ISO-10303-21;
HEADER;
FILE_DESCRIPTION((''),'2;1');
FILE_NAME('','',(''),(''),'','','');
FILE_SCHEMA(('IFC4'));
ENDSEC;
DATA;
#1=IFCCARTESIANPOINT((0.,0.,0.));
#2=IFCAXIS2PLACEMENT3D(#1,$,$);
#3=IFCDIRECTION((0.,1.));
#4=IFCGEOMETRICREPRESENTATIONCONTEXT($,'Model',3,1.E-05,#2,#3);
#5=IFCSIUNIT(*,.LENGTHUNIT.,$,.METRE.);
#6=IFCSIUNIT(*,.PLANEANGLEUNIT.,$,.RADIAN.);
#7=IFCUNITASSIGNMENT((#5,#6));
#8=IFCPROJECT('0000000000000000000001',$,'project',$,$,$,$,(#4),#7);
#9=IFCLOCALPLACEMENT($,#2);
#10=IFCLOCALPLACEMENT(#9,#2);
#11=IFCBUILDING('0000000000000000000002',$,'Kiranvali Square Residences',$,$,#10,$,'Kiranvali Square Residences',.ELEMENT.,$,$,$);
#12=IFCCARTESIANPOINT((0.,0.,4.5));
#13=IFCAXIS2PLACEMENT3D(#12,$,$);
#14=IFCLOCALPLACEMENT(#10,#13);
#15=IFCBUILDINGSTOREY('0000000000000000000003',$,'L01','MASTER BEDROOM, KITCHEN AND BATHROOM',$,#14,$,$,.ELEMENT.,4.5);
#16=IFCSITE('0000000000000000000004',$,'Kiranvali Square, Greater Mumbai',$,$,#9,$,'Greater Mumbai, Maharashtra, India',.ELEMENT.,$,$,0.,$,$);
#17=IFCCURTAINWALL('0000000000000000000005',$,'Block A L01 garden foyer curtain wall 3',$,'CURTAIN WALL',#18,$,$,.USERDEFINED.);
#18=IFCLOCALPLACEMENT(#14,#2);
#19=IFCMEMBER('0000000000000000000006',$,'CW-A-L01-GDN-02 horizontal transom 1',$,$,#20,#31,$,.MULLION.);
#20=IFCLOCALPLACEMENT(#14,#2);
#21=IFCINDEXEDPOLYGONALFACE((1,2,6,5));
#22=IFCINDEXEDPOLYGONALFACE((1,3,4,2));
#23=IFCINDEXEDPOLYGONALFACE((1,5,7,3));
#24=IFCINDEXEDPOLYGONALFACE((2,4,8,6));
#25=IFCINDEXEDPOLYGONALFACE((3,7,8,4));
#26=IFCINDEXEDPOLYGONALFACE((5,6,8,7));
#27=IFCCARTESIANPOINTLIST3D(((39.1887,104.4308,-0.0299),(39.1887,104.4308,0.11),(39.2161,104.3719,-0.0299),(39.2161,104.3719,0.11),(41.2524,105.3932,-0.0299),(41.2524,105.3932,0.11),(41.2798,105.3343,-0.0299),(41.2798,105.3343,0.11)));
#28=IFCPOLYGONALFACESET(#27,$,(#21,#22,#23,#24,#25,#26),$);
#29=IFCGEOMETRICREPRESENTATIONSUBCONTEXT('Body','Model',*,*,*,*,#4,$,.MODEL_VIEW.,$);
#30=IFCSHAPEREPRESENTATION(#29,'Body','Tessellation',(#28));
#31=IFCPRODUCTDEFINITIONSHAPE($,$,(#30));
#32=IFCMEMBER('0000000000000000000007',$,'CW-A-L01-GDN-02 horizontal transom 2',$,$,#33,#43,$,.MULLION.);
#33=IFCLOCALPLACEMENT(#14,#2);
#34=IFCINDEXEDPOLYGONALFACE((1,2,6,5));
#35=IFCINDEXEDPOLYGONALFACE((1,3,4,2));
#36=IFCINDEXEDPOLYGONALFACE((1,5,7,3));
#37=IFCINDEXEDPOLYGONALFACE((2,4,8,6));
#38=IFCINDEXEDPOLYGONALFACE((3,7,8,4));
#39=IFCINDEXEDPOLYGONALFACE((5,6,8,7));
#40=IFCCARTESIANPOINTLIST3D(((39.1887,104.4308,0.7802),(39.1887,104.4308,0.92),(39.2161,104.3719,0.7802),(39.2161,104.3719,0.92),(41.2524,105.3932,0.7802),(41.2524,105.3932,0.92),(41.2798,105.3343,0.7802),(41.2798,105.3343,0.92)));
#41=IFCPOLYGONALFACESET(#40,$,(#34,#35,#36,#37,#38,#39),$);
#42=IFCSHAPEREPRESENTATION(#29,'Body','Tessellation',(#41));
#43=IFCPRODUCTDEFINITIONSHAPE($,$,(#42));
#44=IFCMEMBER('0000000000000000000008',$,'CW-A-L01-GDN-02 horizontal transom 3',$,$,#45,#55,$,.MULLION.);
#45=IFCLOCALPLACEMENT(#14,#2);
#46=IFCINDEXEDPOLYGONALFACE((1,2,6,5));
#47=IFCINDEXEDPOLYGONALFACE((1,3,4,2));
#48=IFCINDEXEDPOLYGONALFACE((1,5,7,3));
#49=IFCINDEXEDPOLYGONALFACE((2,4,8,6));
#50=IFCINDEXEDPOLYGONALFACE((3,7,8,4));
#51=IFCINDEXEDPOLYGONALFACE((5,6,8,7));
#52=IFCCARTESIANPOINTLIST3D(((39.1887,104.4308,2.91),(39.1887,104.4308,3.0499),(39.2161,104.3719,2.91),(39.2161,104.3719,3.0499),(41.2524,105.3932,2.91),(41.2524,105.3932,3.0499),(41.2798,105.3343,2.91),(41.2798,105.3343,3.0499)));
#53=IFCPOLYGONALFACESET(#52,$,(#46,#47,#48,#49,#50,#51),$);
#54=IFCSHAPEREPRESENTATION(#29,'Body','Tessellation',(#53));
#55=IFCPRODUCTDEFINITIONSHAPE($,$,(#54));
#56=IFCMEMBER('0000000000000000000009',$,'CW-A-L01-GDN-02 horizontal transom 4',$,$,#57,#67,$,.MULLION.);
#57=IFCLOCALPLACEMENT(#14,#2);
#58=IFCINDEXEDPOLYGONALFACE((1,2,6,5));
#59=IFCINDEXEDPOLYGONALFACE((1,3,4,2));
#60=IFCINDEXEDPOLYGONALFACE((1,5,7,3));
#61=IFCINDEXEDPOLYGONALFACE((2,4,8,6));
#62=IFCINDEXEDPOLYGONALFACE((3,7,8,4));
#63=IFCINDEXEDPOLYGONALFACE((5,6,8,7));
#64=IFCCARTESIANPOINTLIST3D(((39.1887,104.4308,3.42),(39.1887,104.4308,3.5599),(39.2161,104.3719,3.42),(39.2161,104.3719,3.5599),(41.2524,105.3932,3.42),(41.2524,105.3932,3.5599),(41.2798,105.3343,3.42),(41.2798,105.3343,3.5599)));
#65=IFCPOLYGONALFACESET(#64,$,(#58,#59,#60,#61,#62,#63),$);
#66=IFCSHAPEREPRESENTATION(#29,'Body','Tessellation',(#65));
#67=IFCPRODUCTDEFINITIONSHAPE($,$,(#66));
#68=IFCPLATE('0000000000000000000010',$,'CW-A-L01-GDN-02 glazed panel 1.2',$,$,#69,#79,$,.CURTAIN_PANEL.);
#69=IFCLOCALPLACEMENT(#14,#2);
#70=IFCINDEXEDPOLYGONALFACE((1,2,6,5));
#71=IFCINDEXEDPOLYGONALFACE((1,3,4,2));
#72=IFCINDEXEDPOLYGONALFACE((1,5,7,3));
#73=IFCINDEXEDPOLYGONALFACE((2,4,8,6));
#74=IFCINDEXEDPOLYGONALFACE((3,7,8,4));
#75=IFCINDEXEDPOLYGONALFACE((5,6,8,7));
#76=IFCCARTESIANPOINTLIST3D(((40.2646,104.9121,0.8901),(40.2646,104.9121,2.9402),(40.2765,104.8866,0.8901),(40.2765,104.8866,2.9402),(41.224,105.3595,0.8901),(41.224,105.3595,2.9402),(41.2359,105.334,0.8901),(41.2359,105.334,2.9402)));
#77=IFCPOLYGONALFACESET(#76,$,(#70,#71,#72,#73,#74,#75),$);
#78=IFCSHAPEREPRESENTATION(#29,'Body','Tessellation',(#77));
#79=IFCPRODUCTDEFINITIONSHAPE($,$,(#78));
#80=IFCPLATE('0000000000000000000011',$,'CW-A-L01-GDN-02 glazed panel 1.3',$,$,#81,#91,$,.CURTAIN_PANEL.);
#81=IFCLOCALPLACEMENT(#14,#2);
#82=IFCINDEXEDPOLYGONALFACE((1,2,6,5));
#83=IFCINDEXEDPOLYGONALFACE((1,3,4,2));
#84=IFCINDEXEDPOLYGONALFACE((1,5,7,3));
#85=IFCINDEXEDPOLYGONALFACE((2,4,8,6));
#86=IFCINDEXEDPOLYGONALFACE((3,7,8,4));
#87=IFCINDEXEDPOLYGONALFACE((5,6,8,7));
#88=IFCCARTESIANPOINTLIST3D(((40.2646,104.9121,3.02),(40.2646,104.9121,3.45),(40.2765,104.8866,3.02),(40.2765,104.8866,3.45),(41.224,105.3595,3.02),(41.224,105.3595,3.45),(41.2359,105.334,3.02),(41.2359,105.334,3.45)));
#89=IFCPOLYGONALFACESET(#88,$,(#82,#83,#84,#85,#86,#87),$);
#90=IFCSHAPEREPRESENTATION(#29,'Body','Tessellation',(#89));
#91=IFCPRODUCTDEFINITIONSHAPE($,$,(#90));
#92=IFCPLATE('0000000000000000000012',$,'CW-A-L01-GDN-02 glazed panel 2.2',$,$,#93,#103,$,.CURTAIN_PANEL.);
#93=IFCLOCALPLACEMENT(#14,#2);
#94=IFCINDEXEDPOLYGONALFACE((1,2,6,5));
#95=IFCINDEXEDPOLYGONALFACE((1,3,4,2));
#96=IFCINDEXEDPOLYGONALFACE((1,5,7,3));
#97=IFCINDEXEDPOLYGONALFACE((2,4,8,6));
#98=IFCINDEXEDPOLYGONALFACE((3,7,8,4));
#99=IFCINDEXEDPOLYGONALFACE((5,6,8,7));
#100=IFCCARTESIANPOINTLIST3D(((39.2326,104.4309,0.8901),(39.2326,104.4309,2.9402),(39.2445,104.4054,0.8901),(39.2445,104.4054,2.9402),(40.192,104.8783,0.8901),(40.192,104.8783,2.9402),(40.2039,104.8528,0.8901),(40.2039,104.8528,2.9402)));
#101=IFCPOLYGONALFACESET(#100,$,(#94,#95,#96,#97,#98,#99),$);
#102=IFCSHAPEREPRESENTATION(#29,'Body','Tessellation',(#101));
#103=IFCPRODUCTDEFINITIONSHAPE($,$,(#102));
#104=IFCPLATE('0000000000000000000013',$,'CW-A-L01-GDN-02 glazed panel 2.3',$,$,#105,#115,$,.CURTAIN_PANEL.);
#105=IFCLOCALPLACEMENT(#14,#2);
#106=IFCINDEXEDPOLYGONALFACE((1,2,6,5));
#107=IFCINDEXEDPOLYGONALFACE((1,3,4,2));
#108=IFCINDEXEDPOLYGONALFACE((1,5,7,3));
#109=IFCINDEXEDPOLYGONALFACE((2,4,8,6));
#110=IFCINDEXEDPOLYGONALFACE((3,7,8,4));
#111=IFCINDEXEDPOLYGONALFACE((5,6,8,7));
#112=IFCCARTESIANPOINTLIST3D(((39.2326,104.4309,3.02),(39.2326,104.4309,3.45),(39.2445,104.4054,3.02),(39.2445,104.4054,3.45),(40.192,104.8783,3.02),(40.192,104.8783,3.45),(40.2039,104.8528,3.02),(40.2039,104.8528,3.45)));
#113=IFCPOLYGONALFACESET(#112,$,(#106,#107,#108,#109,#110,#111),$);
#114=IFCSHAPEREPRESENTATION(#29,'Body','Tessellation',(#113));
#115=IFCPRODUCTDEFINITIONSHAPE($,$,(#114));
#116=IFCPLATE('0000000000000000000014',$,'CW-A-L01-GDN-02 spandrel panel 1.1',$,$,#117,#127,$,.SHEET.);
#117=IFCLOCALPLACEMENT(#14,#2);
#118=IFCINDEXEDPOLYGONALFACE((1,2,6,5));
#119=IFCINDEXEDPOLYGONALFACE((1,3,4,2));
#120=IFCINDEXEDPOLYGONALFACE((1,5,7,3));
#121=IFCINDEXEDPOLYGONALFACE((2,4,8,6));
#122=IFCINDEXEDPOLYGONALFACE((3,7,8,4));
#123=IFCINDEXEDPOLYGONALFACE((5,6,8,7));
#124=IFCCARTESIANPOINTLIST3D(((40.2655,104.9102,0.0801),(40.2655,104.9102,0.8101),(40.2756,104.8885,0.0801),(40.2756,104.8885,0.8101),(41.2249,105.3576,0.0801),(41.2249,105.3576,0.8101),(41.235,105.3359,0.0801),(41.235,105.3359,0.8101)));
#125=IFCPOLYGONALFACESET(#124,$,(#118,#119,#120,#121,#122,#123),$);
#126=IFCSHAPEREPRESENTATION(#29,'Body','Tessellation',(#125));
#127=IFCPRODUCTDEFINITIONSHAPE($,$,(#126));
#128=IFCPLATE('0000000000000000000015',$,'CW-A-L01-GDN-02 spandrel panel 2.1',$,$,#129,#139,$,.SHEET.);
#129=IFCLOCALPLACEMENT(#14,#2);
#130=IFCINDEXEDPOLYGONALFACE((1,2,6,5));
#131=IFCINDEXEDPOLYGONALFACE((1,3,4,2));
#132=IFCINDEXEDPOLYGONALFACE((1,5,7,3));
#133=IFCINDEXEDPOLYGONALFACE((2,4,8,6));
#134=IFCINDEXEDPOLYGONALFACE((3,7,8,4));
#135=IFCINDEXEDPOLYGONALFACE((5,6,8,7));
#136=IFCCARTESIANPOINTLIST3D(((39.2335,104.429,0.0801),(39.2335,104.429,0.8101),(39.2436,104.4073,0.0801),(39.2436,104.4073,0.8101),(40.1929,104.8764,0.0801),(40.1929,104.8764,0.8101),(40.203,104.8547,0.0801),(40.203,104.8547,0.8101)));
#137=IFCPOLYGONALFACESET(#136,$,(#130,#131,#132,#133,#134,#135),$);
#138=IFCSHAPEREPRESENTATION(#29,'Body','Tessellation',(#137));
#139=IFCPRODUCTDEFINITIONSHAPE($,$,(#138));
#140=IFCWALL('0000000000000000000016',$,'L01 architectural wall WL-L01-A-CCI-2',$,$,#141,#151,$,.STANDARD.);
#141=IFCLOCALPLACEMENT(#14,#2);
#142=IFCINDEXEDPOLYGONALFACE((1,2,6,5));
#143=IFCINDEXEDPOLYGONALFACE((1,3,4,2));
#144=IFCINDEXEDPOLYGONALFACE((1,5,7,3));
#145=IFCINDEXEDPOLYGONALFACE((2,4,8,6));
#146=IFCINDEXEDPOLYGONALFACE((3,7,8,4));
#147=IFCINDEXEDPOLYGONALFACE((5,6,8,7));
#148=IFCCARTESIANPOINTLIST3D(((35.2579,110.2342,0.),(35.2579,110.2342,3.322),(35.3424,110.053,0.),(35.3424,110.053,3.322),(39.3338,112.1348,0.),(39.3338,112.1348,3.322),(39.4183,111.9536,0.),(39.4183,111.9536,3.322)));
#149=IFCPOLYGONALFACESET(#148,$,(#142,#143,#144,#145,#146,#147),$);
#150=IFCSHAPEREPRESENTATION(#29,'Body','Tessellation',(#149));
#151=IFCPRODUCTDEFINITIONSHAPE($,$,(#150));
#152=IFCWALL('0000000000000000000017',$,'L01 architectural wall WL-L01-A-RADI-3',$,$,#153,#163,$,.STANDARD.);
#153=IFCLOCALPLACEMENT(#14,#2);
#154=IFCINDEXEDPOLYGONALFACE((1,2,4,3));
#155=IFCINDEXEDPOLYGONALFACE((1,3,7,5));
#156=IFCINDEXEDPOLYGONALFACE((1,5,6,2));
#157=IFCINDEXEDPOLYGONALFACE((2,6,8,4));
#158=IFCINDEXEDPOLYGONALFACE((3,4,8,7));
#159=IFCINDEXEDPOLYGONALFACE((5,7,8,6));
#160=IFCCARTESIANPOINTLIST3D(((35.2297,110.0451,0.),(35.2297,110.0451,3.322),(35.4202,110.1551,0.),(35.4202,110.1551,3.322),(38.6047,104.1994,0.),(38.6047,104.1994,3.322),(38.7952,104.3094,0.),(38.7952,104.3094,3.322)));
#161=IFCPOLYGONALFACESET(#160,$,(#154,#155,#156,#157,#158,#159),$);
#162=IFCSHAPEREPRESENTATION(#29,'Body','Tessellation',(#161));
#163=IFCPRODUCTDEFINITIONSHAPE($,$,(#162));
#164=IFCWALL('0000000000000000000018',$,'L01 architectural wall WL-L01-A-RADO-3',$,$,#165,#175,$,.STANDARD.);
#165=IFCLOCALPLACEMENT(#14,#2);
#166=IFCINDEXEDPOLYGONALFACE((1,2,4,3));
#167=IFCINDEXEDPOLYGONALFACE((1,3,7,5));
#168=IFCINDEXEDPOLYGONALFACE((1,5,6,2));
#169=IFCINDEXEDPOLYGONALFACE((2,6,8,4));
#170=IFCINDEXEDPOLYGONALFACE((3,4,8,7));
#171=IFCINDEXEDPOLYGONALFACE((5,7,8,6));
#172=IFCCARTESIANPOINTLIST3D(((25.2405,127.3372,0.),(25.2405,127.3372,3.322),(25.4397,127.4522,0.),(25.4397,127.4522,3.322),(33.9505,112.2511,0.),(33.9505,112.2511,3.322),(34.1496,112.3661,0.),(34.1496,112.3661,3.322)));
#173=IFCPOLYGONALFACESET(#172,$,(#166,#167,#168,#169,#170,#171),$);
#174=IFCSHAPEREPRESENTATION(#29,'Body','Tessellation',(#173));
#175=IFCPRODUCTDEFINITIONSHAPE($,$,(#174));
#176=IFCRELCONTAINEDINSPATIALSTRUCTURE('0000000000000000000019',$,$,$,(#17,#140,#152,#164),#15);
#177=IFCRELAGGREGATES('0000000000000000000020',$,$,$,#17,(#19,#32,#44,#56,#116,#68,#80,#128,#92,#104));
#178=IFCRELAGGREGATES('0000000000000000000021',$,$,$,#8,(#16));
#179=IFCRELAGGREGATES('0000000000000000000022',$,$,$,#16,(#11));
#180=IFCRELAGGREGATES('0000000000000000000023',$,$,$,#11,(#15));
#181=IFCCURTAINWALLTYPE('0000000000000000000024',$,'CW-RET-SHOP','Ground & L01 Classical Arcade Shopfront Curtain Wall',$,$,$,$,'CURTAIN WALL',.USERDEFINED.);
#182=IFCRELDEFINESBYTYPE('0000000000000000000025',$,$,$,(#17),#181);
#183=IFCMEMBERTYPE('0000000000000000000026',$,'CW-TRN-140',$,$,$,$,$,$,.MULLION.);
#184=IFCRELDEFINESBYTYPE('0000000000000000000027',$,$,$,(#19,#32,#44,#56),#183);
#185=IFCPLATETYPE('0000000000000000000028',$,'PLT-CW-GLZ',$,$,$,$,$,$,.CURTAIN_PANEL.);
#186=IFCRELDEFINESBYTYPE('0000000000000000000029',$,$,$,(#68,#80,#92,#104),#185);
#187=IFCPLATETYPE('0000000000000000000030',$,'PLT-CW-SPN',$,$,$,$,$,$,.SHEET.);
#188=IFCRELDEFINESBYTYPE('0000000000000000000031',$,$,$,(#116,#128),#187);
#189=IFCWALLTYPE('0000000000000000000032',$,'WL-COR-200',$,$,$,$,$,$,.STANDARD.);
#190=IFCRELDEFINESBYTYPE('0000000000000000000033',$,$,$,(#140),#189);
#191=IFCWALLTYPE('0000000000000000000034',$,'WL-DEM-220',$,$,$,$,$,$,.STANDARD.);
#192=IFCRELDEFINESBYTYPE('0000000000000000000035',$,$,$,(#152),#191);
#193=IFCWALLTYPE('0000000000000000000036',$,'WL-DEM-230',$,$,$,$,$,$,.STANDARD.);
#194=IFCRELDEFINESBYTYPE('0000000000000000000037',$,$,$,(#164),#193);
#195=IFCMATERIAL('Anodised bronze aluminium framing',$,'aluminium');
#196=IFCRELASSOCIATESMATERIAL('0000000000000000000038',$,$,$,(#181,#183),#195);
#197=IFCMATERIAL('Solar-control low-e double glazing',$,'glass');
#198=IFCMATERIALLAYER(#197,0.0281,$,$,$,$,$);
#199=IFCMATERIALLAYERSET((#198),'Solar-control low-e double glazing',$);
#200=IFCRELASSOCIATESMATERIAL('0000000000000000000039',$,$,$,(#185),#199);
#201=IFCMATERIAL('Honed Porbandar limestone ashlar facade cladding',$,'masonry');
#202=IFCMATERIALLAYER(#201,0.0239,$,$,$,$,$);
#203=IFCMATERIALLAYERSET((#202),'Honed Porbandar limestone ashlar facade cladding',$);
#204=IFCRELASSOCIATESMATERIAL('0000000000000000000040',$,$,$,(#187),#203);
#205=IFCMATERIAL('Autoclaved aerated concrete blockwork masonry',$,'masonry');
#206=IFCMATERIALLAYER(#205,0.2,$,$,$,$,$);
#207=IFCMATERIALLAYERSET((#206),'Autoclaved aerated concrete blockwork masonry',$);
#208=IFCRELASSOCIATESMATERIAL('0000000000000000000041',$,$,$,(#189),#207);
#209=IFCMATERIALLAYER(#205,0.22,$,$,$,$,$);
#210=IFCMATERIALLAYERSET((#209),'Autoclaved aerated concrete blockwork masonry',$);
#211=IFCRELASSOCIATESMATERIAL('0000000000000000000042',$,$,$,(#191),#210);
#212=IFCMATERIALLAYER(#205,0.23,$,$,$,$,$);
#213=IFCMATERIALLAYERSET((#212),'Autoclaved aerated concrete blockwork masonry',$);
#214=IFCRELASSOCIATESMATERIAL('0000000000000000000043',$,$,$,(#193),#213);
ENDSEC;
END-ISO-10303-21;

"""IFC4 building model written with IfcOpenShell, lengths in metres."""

from ifc_helpers import new_model, si_unit, direction, frame, frame_2d, origin, origin_2d, place, context, subcontext, project, spatial, rectangle, extrude, material, layer, layer_set, material_profile, profile_set, type_object, element, aggregate, save


model = new_model("IFC4")

# Units and contexts
model_context = context("Model", 3, precision=1e-05, world=origin(), true_north=direction((0.0, 1.0)))
body_context = subcontext(model_context, "Body", "Model", "MODEL_VIEW")
ifc_project = project(units=[si_unit("LENGTHUNIT", "METRE"), si_unit("PLANEANGLEUNIT", "RADIAN")], contexts=[model_context])

# Site, building, storey
site_placement = place(None, origin())
site = spatial("IfcSite", under=ifc_project, at=site_placement, Name="Kiranvali Square, Greater Mumbai", LongName="Greater Mumbai, Maharashtra, India", CompositionType="ELEMENT", RefElevation=0.0)
building_placement = place(site_placement, origin())
building = spatial("IfcBuilding", under=site, at=building_placement, Name="Kiranvali Square Residences", LongName="Kiranvali Square Residences", CompositionType="ELEMENT")
storey_placement = place(building_placement, frame((0.0, 0.0, 4.5)))
storey = spatial("IfcBuildingStorey", under=building, at=storey_placement, Name="L01", Description="MASTER BEDROOM, KITCHEN AND BATHROOM", CompositionType="ELEMENT", Elevation=4.5)

# Curtain wall, members, plates
ifc_material_1 = material(Name="Anodised bronze aluminium framing", Category="aluminium")
curtain_wall_type = type_object("IfcCurtainWallType", Name="CW-RET-SHOP", Description="Ground & L01 Classical Arcade Shopfront Curtain Wall", ElementType="CURTAIN WALL", PredefinedType="USERDEFINED", material=ifc_material_1)
curtain_wall_placement = place(storey_placement, origin())
curtain_wall = element("IfcCurtainWall", 1, at=curtain_wall_placement, inside=storey, type_object=curtain_wall_type, Name="Block A L01 garden foyer curtain wall 3", ObjectType="CURTAIN WALL", PredefinedType="USERDEFINED")
ifc_material_profile_1 = material_profile(ifc_material_1, rectangle(XDim=0.0649, YDim=0.1399, at=origin_2d()), Name="ALU 65x140")
ifc_profile_set_1 = profile_set([ifc_material_profile_1], Name="Anodised bronze aluminium framing")
member_type_1 = type_object("IfcMemberType", Name="CW-TRN-140", PredefinedType="MULLION", material=ifc_profile_set_1)
member_1_placement = place(storey_placement, frame((41.2661, 105.3638, 0.04), z_axis=(-0.906295, -0.422645, 0.0), x_axis=(0.422645, -0.906295, 0.0)))
member_1 = element("IfcMember", 2, at=member_1_placement, type_object=member_type_1, Name="CW-A-L01-GDN-02 horizontal transom 1", PredefinedType="MULLION", context=body_context, shape_type="SweptSolid", body=[
    extrude(rectangle(XDim=0.0649, YDim=0.1399, at=origin_2d()), origin(), (0.0, 0.0, 1.0), 2.2771),
])
member_2_placement = place(storey_placement, frame((41.2661, 105.3638, 0.8501), z_axis=(-0.906295, -0.422645, 0.0), x_axis=(0.422645, -0.906295, 0.0)))
member_2 = element("IfcMember", 3, at=member_2_placement, type_object=member_type_1, Name="CW-A-L01-GDN-02 horizontal transom 2", PredefinedType="MULLION", context=body_context, shape_type="SweptSolid", body=[
    extrude(rectangle(XDim=0.0649, YDim=0.1399, at=origin_2d()), origin(), (0.0, 0.0, 1.0), 2.2771),
])
member_3_placement = place(storey_placement, frame((41.2661, 105.3638, 2.98), z_axis=(-0.906295, -0.422645, 0.0), x_axis=(0.422645, -0.906295, 0.0)))
member_3 = element("IfcMember", 4, at=member_3_placement, type_object=member_type_1, Name="CW-A-L01-GDN-02 horizontal transom 3", PredefinedType="MULLION", context=body_context, shape_type="SweptSolid", body=[
    extrude(rectangle(XDim=0.0649, YDim=0.1399, at=origin_2d()), origin(), (0.0, 0.0, 1.0), 2.2771),
])
member_4_placement = place(storey_placement, frame((41.2661, 105.3638, 3.49), z_axis=(-0.906295, -0.422645, 0.0), x_axis=(0.422645, -0.906295, 0.0)))
member_4 = element("IfcMember", 5, at=member_4_placement, type_object=member_type_1, Name="CW-A-L01-GDN-02 horizontal transom 4", PredefinedType="MULLION", context=body_context, shape_type="SweptSolid", body=[
    extrude(rectangle(XDim=0.0649, YDim=0.1399, at=origin_2d()), origin(), (0.0, 0.0, 1.0), 2.2771),
])
ifc_material_2 = material(Name="Solar-control low-e double glazing", Category="glass")
ifc_layer_1 = layer(ifc_material_2, 0.0281)
ifc_layer_set_1 = layer_set([ifc_layer_1], Name="Solar-control low-e double glazing")
plate_type_1 = type_object("IfcPlateType", Name="PLT-CW-GLZ", PredefinedType="CURTAIN_PANEL", material=ifc_layer_set_1)
plate_1_placement = place(storey_placement, frame((40.7502, 105.123, 0.8901), z_axis=(0.0, 0.0, 1.0), x_axis=(-0.906308, -0.422618, 0.0)))
plate_1 = element("IfcPlate", 6, at=plate_1_placement, type_object=plate_type_1, Name="CW-A-L01-GDN-02 glazed panel 1.2", PredefinedType="CURTAIN_PANEL", context=body_context, shape_type="SweptSolid", body=[
    extrude(rectangle(XDim=1.0586, YDim=0.0281, at=origin_2d()), origin(), (0.0, 0.0, 1.0), 2.05),
])
plate_2_placement = place(storey_placement, frame((40.7502, 105.123, 3.02), z_axis=(0.0, 0.0, 1.0), x_axis=(-0.906308, -0.422618, 0.0)))
plate_2 = element("IfcPlate", 7, at=plate_2_placement, type_object=plate_type_1, Name="CW-A-L01-GDN-02 glazed panel 1.3", PredefinedType="CURTAIN_PANEL", context=body_context, shape_type="SweptSolid", body=[
    extrude(rectangle(XDim=1.0586, YDim=0.0281, at=origin_2d()), origin(), (0.0, 0.0, 1.0), 0.4299),
])
plate_3_placement = place(storey_placement, frame((39.7183, 104.6418, 0.8901), z_axis=(0.0, 0.0, 1.0), x_axis=(-0.906308, -0.422618, 0.0)))
plate_3 = element("IfcPlate", 8, at=plate_3_placement, type_object=plate_type_1, Name="CW-A-L01-GDN-02 glazed panel 2.2", PredefinedType="CURTAIN_PANEL", context=body_context, shape_type="SweptSolid", body=[
    extrude(rectangle(XDim=1.0586, YDim=0.0281, at=origin_2d()), origin(), (0.0, 0.0, 1.0), 2.05),
])
plate_4_placement = place(storey_placement, frame((39.7183, 104.6418, 3.02), z_axis=(0.0, 0.0, 1.0), x_axis=(-0.906308, -0.422618, 0.0)))
plate_4 = element("IfcPlate", 9, at=plate_4_placement, type_object=plate_type_1, Name="CW-A-L01-GDN-02 glazed panel 2.3", PredefinedType="CURTAIN_PANEL", context=body_context, shape_type="SweptSolid", body=[
    extrude(rectangle(XDim=1.0586, YDim=0.0281, at=origin_2d()), origin(), (0.0, 0.0, 1.0), 0.4299),
])
ifc_material_3 = material(Name="Honed Porbandar limestone ashlar facade cladding", Category="masonry")
ifc_layer_2 = layer(ifc_material_3, 0.0239)
ifc_layer_set_2 = layer_set([ifc_layer_2], Name="Honed Porbandar limestone ashlar facade cladding")
plate_type_2 = type_object("IfcPlateType", Name="PLT-CW-SPN", PredefinedType="SHEET", material=ifc_layer_set_2)
plate_5_placement = place(storey_placement, frame((40.7502, 105.123, 0.0801), z_axis=(0.0, 0.0, 1.0), x_axis=(-0.906308, -0.422618, 0.0)))
plate_5 = element("IfcPlate", 10, at=plate_5_placement, type_object=plate_type_2, Name="CW-A-L01-GDN-02 spandrel panel 1.1", PredefinedType="SHEET", context=body_context, shape_type="SweptSolid", body=[
    extrude(rectangle(XDim=1.0586, YDim=0.0239, at=origin_2d()), origin(), (0.0, 0.0, 1.0), 0.73),
])
plate_6_placement = place(storey_placement, frame((39.7183, 104.6418, 0.0801), z_axis=(0.0, 0.0, 1.0), x_axis=(-0.906308, -0.422618, 0.0)))
plate_6 = element("IfcPlate", 11, at=plate_6_placement, type_object=plate_type_2, Name="CW-A-L01-GDN-02 spandrel panel 2.1", PredefinedType="SHEET", context=body_context, shape_type="SweptSolid", body=[
    extrude(rectangle(XDim=1.0586, YDim=0.0239, at=origin_2d()), origin(), (0.0, 0.0, 1.0), 0.73),
])
aggregate(curtain_wall, [member_1, member_2, member_3, member_4, plate_5, plate_1, plate_2, plate_6, plate_3, plate_4])

# Wall
ifc_material_4 = material(Name="Autoclaved aerated concrete blockwork masonry", Category="masonry")
ifc_layer_3 = layer(ifc_material_4, 0.2)
ifc_layer_set_3 = layer_set([ifc_layer_3], Name="Autoclaved aerated concrete blockwork masonry")
wall_type_1 = type_object("IfcWallType", Name="WL-COR-200", PredefinedType="STANDARD", material=ifc_layer_set_3)
wall_1_placement = place(storey_placement, frame((39.376, 112.0442, 0.0), z_axis=(0.0, 0.0, 1.0), x_axis=(-0.906308, -0.422618, 0.0)))
element("IfcWall", 12, at=wall_1_placement, inside=storey, type_object=wall_type_1, Name="L01 architectural wall WL-L01-A-CCI-2", PredefinedType="STANDARD", context=body_context, shape_type="SweptSolid", body=[
    extrude(rectangle(XDim=4.4973, YDim=0.2, at=frame_2d((2.2485, 0.0))), origin(), (0.0, 0.0, 1.0), 3.322),
])

# Walls
ifc_layer_4 = layer(ifc_material_4, 0.22)
ifc_layer_set_4 = layer_set([ifc_layer_4], Name="Autoclaved aerated concrete blockwork masonry")
wall_type_2 = type_object("IfcWallType", Name="WL-DEM-220", PredefinedType="STANDARD", material=ifc_layer_set_4)
wall_2_placement = place(storey_placement, frame((38.7, 104.2544, 0.0), z_axis=(0.0, 0.0, 1.0), x_axis=(-0.499998, 0.866027, 0.0)))
element("IfcWall", 13, at=wall_2_placement, inside=storey, type_object=wall_type_2, Name="L01 architectural wall WL-L01-A-RADI-3", PredefinedType="STANDARD", context=body_context, shape_type="SweptSolid", body=[
    extrude(rectangle(XDim=6.75, YDim=0.22, at=frame_2d((3.375, 0.0))), origin(), (0.0, 0.0, 1.0), 3.322),
])
ifc_layer_5 = layer(ifc_material_4, 0.23)
ifc_layer_set_5 = layer_set([ifc_layer_5], Name="Autoclaved aerated concrete blockwork masonry")
wall_type_3 = type_object("IfcWallType", Name="WL-DEM-230", PredefinedType="STANDARD", material=ifc_layer_set_5)
wall_3_placement = place(storey_placement, frame((34.05, 112.3086, 0.0), z_axis=(0.0, 0.0, 1.0), x_axis=(-0.499998, 0.866027, 0.0)))
element("IfcWall", 14, at=wall_3_placement, inside=storey, type_object=wall_type_3, Name="L01 architectural wall WL-L01-A-RADO-3", PredefinedType="STANDARD", context=body_context, shape_type="SweptSolid", body=[
    extrude(rectangle(XDim=17.4199, YDim=0.23, at=frame_2d((8.71, 0.0))), origin(), (0.0, 0.0, 1.0), 3.322),
])

save(model, "model.ifc")
